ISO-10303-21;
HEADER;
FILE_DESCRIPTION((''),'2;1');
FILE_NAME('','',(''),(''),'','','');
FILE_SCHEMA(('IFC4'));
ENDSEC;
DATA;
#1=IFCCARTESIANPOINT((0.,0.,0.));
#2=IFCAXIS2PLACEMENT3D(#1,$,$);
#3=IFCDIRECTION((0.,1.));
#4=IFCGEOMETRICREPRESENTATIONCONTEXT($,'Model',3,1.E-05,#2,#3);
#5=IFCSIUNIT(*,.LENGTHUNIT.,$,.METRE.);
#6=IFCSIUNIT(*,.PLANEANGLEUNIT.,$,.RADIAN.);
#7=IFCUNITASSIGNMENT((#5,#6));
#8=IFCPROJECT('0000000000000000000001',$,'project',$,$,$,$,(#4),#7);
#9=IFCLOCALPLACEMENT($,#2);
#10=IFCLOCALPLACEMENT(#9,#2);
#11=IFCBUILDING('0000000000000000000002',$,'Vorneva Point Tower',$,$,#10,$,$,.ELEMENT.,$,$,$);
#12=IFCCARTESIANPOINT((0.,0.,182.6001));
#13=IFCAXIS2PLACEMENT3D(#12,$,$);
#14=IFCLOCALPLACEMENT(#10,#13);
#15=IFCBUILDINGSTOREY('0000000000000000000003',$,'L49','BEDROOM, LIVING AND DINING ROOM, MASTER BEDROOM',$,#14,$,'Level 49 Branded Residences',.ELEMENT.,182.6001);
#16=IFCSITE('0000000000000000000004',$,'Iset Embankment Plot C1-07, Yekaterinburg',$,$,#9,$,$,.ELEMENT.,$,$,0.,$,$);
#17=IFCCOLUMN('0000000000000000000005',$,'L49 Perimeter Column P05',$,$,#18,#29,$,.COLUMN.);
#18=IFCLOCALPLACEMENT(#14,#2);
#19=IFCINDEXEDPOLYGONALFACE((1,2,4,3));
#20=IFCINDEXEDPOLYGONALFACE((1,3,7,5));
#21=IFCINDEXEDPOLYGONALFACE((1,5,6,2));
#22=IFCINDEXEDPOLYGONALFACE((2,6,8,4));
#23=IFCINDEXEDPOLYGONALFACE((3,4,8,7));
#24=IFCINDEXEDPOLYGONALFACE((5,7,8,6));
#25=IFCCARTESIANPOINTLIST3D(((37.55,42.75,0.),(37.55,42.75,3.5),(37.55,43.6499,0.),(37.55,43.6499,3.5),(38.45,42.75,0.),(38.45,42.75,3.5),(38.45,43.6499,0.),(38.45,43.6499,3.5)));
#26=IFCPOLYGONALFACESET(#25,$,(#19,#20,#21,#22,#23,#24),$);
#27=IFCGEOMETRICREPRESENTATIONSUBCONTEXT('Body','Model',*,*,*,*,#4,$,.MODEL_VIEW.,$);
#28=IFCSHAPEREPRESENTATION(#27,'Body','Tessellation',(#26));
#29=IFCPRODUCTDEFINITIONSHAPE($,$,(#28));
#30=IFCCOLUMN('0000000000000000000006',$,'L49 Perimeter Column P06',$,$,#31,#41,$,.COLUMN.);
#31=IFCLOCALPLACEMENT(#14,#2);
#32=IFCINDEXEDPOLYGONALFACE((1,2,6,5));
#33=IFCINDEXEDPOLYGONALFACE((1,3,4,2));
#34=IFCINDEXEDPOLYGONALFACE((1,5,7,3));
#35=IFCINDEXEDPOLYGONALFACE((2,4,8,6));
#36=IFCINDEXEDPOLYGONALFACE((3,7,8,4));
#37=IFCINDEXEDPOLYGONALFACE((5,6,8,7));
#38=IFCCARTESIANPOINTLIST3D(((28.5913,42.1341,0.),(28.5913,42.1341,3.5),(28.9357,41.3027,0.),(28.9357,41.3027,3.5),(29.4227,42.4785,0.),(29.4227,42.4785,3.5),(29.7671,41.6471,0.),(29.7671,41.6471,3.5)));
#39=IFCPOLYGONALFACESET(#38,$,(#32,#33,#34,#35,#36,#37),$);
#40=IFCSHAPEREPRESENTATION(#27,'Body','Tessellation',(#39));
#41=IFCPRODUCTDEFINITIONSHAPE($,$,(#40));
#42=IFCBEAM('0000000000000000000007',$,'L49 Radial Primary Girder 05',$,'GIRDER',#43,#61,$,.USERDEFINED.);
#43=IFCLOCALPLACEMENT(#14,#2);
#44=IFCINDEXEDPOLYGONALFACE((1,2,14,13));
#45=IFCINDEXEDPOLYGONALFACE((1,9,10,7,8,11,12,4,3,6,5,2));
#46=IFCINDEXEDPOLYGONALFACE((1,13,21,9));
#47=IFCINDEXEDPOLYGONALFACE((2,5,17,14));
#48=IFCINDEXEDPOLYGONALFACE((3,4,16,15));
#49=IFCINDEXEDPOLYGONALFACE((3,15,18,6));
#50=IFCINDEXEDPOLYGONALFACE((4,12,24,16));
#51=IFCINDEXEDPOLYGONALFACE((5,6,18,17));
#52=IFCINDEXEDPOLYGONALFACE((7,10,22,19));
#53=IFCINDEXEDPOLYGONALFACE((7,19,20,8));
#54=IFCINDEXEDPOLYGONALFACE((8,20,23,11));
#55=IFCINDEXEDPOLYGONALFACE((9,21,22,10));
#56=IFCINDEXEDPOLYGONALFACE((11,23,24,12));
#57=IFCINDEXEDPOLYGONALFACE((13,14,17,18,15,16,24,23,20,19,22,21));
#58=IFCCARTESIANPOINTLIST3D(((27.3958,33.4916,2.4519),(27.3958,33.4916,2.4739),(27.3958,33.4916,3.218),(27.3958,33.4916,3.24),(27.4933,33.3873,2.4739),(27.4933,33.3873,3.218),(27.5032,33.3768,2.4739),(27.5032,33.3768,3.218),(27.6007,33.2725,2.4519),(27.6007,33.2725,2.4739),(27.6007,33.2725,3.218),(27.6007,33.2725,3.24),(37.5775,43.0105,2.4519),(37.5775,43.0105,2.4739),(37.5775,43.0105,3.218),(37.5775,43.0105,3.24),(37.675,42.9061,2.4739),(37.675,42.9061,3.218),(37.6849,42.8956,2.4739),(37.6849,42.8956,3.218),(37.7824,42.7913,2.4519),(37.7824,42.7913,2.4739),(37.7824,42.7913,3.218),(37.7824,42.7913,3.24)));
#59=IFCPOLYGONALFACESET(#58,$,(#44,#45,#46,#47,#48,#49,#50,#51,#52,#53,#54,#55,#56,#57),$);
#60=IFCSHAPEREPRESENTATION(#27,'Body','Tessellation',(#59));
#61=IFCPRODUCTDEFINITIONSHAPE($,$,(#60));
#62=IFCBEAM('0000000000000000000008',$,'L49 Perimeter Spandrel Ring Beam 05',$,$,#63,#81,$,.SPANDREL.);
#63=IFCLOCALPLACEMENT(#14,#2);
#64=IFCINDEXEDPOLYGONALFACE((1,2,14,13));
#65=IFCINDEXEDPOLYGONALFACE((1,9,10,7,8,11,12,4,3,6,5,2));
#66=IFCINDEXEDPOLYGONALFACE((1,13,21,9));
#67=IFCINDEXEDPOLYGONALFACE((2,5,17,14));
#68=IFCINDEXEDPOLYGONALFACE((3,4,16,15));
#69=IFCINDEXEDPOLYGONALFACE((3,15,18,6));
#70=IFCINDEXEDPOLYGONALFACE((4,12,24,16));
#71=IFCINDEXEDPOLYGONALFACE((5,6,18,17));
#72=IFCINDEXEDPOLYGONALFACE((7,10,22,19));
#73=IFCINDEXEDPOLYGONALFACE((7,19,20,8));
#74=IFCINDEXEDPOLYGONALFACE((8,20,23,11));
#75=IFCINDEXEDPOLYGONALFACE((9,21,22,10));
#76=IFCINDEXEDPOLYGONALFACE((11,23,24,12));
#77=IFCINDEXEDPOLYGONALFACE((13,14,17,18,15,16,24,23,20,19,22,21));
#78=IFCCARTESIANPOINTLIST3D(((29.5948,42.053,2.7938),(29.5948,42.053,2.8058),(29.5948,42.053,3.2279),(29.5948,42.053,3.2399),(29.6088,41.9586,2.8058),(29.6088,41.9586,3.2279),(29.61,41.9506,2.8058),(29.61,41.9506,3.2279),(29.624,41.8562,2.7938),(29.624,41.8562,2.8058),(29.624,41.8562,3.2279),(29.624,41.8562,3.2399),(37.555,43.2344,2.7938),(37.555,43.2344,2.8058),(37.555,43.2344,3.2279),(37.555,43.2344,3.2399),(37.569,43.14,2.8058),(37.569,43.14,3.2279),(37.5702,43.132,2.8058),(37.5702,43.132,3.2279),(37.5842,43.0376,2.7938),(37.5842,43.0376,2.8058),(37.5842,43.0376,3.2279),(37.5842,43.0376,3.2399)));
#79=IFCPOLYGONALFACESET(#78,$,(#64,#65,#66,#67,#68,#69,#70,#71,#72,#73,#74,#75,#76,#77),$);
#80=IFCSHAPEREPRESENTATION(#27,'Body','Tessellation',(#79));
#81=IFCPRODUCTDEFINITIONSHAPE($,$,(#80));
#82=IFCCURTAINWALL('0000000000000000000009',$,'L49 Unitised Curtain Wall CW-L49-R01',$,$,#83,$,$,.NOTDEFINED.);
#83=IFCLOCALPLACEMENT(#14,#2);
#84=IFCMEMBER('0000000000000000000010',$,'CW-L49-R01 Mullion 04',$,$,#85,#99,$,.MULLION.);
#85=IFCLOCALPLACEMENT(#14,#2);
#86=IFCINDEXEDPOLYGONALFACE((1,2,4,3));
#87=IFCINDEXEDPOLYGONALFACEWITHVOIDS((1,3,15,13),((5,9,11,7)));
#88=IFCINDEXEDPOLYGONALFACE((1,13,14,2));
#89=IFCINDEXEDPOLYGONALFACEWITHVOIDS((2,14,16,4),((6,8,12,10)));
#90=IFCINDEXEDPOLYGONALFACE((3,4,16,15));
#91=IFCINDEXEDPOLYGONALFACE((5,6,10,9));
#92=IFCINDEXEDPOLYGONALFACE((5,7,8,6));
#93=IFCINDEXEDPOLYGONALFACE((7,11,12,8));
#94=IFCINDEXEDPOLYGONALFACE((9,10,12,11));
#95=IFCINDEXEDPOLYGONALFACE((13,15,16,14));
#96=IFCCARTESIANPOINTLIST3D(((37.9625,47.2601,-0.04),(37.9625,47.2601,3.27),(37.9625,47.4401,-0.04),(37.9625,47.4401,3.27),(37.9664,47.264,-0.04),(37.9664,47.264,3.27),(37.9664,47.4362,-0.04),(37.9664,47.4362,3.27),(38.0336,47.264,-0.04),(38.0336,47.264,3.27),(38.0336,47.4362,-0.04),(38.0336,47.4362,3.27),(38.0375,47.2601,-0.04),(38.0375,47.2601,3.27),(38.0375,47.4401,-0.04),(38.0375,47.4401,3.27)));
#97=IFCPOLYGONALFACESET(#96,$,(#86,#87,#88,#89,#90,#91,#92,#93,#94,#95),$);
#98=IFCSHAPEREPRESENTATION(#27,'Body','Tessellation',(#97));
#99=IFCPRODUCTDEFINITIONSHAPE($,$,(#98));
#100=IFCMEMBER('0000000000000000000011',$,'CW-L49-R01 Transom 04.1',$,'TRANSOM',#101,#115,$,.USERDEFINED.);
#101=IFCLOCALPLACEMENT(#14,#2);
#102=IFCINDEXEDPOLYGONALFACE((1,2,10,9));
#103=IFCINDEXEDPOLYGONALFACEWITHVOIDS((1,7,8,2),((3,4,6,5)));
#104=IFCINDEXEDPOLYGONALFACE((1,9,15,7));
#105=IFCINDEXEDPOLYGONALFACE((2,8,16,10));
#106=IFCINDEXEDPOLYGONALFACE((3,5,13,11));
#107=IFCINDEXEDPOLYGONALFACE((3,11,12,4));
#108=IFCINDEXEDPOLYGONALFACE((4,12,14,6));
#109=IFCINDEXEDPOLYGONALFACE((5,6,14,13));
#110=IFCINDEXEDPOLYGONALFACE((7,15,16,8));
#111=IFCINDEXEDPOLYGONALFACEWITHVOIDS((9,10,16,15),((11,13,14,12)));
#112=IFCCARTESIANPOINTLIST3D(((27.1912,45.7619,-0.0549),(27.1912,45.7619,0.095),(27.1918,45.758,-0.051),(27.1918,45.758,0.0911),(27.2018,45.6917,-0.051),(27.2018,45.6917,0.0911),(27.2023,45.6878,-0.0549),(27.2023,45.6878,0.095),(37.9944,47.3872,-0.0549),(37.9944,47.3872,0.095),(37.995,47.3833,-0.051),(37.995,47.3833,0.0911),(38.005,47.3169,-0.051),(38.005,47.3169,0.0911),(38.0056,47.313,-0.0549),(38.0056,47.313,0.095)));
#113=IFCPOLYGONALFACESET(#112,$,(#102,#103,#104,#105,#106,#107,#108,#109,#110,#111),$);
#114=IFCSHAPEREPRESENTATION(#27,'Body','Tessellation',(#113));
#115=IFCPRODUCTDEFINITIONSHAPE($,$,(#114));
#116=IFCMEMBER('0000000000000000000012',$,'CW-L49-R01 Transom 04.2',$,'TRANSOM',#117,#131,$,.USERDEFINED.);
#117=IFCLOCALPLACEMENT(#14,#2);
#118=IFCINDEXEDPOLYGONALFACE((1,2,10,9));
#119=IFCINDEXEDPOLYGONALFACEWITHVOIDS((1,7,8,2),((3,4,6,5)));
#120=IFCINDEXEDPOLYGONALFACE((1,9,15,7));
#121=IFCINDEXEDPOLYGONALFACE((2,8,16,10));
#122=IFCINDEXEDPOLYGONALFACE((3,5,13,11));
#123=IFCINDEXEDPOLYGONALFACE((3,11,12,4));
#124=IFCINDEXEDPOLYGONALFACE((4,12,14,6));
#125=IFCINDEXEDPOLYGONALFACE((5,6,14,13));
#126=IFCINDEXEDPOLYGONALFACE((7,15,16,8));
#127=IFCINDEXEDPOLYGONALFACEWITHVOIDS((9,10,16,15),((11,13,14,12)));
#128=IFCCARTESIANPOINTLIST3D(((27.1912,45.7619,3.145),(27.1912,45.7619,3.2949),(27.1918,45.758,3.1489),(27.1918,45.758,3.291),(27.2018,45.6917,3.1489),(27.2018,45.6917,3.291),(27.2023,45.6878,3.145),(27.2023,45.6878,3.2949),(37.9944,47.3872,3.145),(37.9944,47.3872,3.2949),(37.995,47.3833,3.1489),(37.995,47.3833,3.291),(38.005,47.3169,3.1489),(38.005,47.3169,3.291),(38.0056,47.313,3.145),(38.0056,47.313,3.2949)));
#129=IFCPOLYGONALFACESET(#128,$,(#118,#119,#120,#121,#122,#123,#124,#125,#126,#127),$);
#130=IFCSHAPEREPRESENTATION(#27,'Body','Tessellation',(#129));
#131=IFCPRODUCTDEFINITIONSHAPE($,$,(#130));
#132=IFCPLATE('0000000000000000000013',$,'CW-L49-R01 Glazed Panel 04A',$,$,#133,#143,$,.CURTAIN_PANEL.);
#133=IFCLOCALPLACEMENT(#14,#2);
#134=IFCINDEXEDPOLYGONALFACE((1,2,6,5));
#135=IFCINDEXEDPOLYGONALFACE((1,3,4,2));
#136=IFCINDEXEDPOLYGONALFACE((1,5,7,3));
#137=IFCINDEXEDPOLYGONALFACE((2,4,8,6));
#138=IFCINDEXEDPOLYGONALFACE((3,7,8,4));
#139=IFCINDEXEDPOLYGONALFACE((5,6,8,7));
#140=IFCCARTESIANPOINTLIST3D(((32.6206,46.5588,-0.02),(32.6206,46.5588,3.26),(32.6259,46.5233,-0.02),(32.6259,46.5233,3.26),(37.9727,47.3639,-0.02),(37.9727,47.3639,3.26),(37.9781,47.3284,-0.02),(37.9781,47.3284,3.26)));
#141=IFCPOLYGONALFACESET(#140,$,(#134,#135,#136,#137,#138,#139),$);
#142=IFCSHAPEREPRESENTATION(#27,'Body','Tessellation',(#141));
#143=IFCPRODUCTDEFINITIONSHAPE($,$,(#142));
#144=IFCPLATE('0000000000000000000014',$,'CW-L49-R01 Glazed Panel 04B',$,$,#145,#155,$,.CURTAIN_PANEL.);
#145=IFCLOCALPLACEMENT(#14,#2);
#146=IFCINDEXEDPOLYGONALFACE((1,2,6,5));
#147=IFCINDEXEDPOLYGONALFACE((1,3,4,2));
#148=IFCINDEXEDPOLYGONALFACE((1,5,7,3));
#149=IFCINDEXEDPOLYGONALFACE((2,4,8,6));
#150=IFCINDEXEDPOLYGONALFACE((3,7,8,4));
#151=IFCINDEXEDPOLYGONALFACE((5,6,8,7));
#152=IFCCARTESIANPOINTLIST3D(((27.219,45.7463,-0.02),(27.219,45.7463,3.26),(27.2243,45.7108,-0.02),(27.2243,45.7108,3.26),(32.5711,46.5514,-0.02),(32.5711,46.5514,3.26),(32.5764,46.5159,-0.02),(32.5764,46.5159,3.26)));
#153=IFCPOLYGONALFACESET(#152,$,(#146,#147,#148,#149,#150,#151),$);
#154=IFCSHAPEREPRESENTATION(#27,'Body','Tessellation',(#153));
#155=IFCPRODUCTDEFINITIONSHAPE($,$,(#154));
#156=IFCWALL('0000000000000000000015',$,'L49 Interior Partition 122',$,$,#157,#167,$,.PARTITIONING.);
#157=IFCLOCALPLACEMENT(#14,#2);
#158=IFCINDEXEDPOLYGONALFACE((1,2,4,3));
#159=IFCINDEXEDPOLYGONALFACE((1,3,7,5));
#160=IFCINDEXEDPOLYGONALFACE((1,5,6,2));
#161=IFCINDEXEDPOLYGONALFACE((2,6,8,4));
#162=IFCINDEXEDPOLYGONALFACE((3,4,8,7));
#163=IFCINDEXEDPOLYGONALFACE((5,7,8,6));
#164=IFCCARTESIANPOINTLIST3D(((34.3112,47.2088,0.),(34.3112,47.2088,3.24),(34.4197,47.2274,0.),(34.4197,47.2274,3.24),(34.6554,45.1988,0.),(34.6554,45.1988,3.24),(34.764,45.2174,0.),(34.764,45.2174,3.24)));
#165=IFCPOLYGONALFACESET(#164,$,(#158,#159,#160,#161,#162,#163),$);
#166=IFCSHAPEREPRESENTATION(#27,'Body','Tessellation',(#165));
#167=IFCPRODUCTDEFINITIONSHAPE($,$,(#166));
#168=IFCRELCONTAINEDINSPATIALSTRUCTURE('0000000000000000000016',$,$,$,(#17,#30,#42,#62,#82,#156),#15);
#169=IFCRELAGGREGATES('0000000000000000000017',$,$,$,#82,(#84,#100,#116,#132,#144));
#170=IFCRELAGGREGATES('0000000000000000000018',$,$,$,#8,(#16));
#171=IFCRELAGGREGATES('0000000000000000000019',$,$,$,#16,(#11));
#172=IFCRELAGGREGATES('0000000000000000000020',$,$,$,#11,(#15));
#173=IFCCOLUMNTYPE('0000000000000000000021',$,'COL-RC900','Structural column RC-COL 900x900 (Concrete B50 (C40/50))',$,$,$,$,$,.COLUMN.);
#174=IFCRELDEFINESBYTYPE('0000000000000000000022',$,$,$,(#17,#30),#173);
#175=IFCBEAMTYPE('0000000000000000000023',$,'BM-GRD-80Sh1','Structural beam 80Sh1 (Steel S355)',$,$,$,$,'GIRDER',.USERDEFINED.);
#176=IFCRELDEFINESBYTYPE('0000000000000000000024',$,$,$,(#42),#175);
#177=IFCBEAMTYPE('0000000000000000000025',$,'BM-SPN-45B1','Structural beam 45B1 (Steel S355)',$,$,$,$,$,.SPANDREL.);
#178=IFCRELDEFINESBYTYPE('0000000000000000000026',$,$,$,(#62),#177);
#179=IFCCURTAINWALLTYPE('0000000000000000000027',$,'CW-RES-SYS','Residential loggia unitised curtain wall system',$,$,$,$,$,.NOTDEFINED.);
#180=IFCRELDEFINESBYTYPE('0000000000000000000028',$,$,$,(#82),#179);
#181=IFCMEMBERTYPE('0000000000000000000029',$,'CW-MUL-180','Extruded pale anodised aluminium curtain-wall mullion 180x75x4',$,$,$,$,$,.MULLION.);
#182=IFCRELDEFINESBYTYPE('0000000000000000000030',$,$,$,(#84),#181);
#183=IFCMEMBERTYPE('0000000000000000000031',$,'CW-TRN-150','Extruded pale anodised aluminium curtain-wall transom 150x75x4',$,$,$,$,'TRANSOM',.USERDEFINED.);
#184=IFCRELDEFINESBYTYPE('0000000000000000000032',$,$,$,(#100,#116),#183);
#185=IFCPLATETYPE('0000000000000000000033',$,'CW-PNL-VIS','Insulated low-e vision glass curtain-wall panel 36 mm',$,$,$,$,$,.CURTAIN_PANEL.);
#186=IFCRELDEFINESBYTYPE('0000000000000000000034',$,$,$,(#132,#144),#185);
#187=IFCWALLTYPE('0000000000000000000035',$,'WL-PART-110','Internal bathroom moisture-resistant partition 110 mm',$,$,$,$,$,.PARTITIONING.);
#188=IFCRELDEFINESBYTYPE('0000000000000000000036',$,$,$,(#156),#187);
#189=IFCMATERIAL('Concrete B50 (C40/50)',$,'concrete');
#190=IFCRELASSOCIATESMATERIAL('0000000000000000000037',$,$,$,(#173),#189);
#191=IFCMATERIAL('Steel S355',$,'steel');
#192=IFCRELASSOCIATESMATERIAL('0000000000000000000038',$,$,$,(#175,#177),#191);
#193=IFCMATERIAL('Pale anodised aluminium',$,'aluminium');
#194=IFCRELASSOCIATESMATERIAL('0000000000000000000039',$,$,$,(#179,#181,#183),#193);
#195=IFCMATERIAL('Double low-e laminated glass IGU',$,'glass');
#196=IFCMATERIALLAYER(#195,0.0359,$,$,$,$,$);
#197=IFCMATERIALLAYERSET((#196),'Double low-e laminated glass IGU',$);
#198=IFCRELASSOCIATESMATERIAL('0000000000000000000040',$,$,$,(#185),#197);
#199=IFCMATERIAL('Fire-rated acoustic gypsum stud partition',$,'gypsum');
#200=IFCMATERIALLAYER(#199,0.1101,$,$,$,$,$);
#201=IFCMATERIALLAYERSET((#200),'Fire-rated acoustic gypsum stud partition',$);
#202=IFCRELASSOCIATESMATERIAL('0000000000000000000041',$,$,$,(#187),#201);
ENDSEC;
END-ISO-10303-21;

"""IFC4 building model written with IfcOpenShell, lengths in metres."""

from ifc_helpers import new_model, si_unit, direction, frame, frame_2d, origin, origin_2d, place, context, subcontext, project, spatial, rectangle, hollow_rectangle, i_section, extrude, material, layer, layer_set, material_profile, profile_set, type_object, element, aggregate, save


model = new_model("IFC4")

# Units and contexts
model_context = context("Model", 3, precision=1e-05, world=origin(), true_north=direction((0.0, 1.0)))
body_context = subcontext(model_context, "Body", "Model", "MODEL_VIEW")
ifc_project = project(units=[si_unit("LENGTHUNIT", "METRE"), si_unit("PLANEANGLEUNIT", "RADIAN")], contexts=[model_context])

# Site, building, storey
site_placement = place(None, origin())
site = spatial("IfcSite", under=ifc_project, at=site_placement, Name="Iset Embankment Plot C1-07, Yekaterinburg", CompositionType="ELEMENT", RefElevation=0.0)
building_placement = place(site_placement, origin())
building = spatial("IfcBuilding", under=site, at=building_placement, Name="Vorneva Point Tower", CompositionType="ELEMENT")
storey_placement = place(building_placement, frame((0.0, 0.0, 182.6001)))
storey = spatial("IfcBuildingStorey", under=building, at=storey_placement, Name="L49", Description="BEDROOM, LIVING AND DINING ROOM, MASTER BEDROOM", LongName="Level 49 Branded Residences", CompositionType="ELEMENT", Elevation=182.6001)

# Columns
ifc_material_1 = material(Name="Concrete B50 (C40/50)", Category="concrete")
ifc_material_profile_1 = material_profile(ifc_material_1, rectangle(XDim=0.8999, YDim=0.8999, at=origin_2d()), Name="RC-COL 900x900")
ifc_profile_set_1 = profile_set([ifc_material_profile_1], Name="Concrete B50 (C40/50)")
column_type = type_object("IfcColumnType", Name="COL-RC900", Description="Structural column RC-COL 900x900 (Concrete B50 (C40/50))", PredefinedType="COLUMN", material=ifc_profile_set_1)
for number, where, z_axis, x_axis, name in (
    (1, (38.0, 43.2, 0.0), (0.0, 0.0, 1.0), (0.0, 1.0, 0.0), "L49 Perimeter Column P05"),
    (2, (29.1792, 41.8906, 0.0), (0.0, 0.0, 1.0), (-0.382683, 0.92388, 0.0), "L49 Perimeter Column P06"),
):
    element("IfcColumn", number, at=place(storey_placement, frame(where, z_axis=z_axis, x_axis=x_axis)), inside=storey, type_object=column_type, Name=name, PredefinedType="COLUMN", context=body_context, shape_type="SweptSolid", body=[
        extrude(rectangle(XDim=0.8999, YDim=0.8999, at=origin_2d()), origin(), (0.0, 0.0, 1.0), 3.5),
    ])

# Beams
ifc_material_2 = material(Name="Steel S355", Category="steel")
ifc_material_profile_2 = material_profile(ifc_material_2, i_section(OverallWidth=0.3, OverallDepth=0.7881, WebThickness=0.0144, FlangeThickness=0.022, at=origin_2d()), Name="80Sh1")
ifc_profile_set_2 = profile_set([ifc_material_profile_2], Name="Steel S355")
beam_type_1 = type_object("IfcBeamType", Name="BM-GRD-80Sh1", Description="Structural beam 80Sh1 (Steel S355)", ElementType="GIRDER", PredefinedType="USERDEFINED", material=ifc_profile_set_2)
beam_1_placement = place(storey_placement, frame((37.6799, 42.9009, 2.8459), z_axis=(-0.730485, -0.682929, 0.0), x_axis=(0.682929, -0.730485, 0.0)))
element("IfcBeam", 3, at=beam_1_placement, inside=storey, type_object=beam_type_1, Name="L49 Radial Primary Girder 05", ObjectType="GIRDER", PredefinedType="USERDEFINED", context=body_context, shape_type="SweptSolid", body=[
    extrude(i_section(OverallWidth=0.3, OverallDepth=0.7881, WebThickness=0.0144, FlangeThickness=0.022, at=origin_2d()), origin(), (0.0, 0.0, 1.0), 13.9382),
])
ifc_material_profile_3 = material_profile(ifc_material_2, i_section(OverallWidth=0.199, OverallDepth=0.446, WebThickness=0.0081, FlangeThickness=0.012, at=origin_2d()), Name="45B1")
ifc_profile_set_3 = profile_set([ifc_material_profile_3], Name="Steel S355")
beam_type_2 = type_object("IfcBeamType", Name="BM-SPN-45B1", Description="Structural beam 45B1 (Steel S355)", PredefinedType="SPANDREL", material=ifc_profile_set_3)
beam_2_placement = place(storey_placement, frame((37.5696, 43.136, 3.0168), z_axis=(-0.989165, -0.146805, 0.0), x_axis=(0.146805, -0.989165, 0.0)))
element("IfcBeam", 4, at=beam_2_placement, inside=storey, type_object=beam_type_2, Name="L49 Perimeter Spandrel Ring Beam 05", PredefinedType="SPANDREL", context=body_context, shape_type="SweptSolid", body=[
    extrude(i_section(OverallWidth=0.199, OverallDepth=0.446, WebThickness=0.0081, FlangeThickness=0.012, at=origin_2d()), origin(), (0.0, 0.0, 1.0), 8.0474),
])

# Curtain wall, members, plates
ifc_material_3 = material(Name="Pale anodised aluminium", Category="aluminium")
curtain_wall_type = type_object("IfcCurtainWallType", Name="CW-RES-SYS", Description="Residential loggia unitised curtain wall system", PredefinedType="NOTDEFINED", material=ifc_material_3)
curtain_wall_placement = place(storey_placement, origin())
curtain_wall = element("IfcCurtainWall", 5, at=curtain_wall_placement, inside=storey, type_object=curtain_wall_type, Name="L49 Unitised Curtain Wall CW-L49-R01", PredefinedType="NOTDEFINED")
ifc_material_profile_4 = material_profile(ifc_material_3, hollow_rectangle(XDim=0.075, YDim=0.1799, WallThickness=0.0039, at=origin_2d()), Name="AL-MUL 180x75x4")
ifc_profile_set_4 = profile_set([ifc_material_profile_4], Name="Pale anodised aluminium")
member_type_1 = type_object("IfcMemberType", Name="CW-MUL-180", Description="Extruded pale anodised aluminium curtain-wall mullion 180x75x4", PredefinedType="MULLION", material=ifc_profile_set_4)
member_1_placement = place(storey_placement, frame((38.0, 47.3501, -0.04), z_axis=(0.0, 0.0, 1.0), x_axis=(1.0, 0.0, 0.0)))
member_1 = element("IfcMember", 6, at=member_1_placement, type_object=member_type_1, Name="CW-L49-R01 Mullion 04", PredefinedType="MULLION", context=body_context, shape_type="SweptSolid", body=[
    extrude(hollow_rectangle(XDim=0.075, YDim=0.1799, WallThickness=0.0039, at=origin_2d()), origin(), (0.0, 0.0, 1.0), 3.3101),
])
ifc_material_profile_5 = material_profile(ifc_material_3, hollow_rectangle(XDim=0.075, YDim=0.1499, WallThickness=0.0039, at=origin_2d()), Name="AL-TRN 150x75x4")
ifc_profile_set_5 = profile_set([ifc_material_profile_5], Name="Pale anodised aluminium")
member_type_2 = type_object("IfcMemberType", Name="CW-TRN-150", Description="Extruded pale anodised aluminium curtain-wall transom 150x75x4", ElementType="TRANSOM", PredefinedType="USERDEFINED", material=ifc_profile_set_5)
member_2_placement = place(storey_placement, frame((38.0, 47.3501, 0.02), z_axis=(-0.988872, -0.148767, 0.0), x_axis=(0.148767, -0.988872, 0.0)))
member_2 = element("IfcMember", 7, at=member_2_placement, type_object=member_type_2, Name="CW-L49-R01 Transom 04.1", ObjectType="TRANSOM", PredefinedType="USERDEFINED", context=body_context, shape_type="SweptSolid", body=[
    extrude(hollow_rectangle(XDim=0.075, YDim=0.1499, WallThickness=0.0039, at=origin_2d()), origin(), (0.0, 0.0, 1.0), 10.9248),
])
member_3_placement = place(storey_placement, frame((38.0, 47.3501, 3.22), z_axis=(-0.988872, -0.148767, 0.0), x_axis=(0.148767, -0.988872, 0.0)))
member_3 = element("IfcMember", 8, at=member_3_placement, type_object=member_type_2, Name="CW-L49-R01 Transom 04.2", ObjectType="TRANSOM", PredefinedType="USERDEFINED", context=body_context, shape_type="SweptSolid", body=[
    extrude(hollow_rectangle(XDim=0.075, YDim=0.1499, WallThickness=0.0039, at=origin_2d()), origin(), (0.0, 0.0, 1.0), 10.9248),
])
ifc_material_4 = material(Name="Double low-e laminated glass IGU", Category="glass")
ifc_layer_1 = layer(ifc_material_4, 0.0359)
ifc_layer_set_1 = layer_set([ifc_layer_1], Name="Double low-e laminated glass IGU")
plate_type = type_object("IfcPlateType", Name="CW-PNL-VIS", Description="Insulated low-e vision glass curtain-wall panel 36 mm", PredefinedType="CURTAIN_PANEL", material=ifc_layer_set_1)
plate_1_placement = place(storey_placement, frame((35.2993, 46.9436, -0.02), z_axis=(0.0, 0.0, 1.0), x_axis=(-0.988874, -0.148759, 0.0)))
plate_1 = element("IfcPlate", 9, at=plate_1_placement, type_object=plate_type, Name="CW-L49-R01 Glazed Panel 04A", PredefinedType="CURTAIN_PANEL", context=body_context, shape_type="SweptSolid", body=[
    extrude(rectangle(XDim=5.4124, YDim=0.0359, at=origin_2d()), origin(), (0.0, 0.0, 1.0), 3.28),
])
plate_2_placement = place(storey_placement, frame((29.8977, 46.1311, -0.02), z_axis=(0.0, 0.0, 1.0), x_axis=(-0.988874, -0.148759, 0.0)))
plate_2 = element("IfcPlate", 10, at=plate_2_placement, type_object=plate_type, Name="CW-L49-R01 Glazed Panel 04B", PredefinedType="CURTAIN_PANEL", context=body_context, shape_type="SweptSolid", body=[
    extrude(rectangle(XDim=5.4124, YDim=0.0359, at=origin_2d()), origin(), (0.0, 0.0, 1.0), 3.28),
])
aggregate(curtain_wall, [member_1, member_2, member_3, plate_1, plate_2])

# Wall
ifc_material_5 = material(Name="Fire-rated acoustic gypsum stud partition", Category="gypsum")
ifc_layer_2 = layer(ifc_material_5, 0.1101)
ifc_layer_set_2 = layer_set([ifc_layer_2], Name="Fire-rated acoustic gypsum stud partition")
wall_type_1 = type_object("IfcWallType", Name="WL-PART-110", Description="Internal bathroom moisture-resistant partition 110 mm", PredefinedType="PARTITIONING", material=ifc_layer_set_2)
wall_1_placement = place(storey_placement, frame((34.3655, 47.218, 0.0), z_axis=(0.0, 0.0, 1.0), x_axis=(0.168804, -0.98565, 0.0)))
element("IfcWall", 11, at=wall_1_placement, inside=storey, type_object=wall_type_1, Name="L49 Interior Partition 122", PredefinedType="PARTITIONING", context=body_context, shape_type="SweptSolid", body=[
    extrude(rectangle(XDim=2.0393, YDim=0.1101, at=frame_2d((1.0195, 0.0))), origin(), (0.0, 0.0, 1.0), 3.24),
])

save(model, "model.ifc")
